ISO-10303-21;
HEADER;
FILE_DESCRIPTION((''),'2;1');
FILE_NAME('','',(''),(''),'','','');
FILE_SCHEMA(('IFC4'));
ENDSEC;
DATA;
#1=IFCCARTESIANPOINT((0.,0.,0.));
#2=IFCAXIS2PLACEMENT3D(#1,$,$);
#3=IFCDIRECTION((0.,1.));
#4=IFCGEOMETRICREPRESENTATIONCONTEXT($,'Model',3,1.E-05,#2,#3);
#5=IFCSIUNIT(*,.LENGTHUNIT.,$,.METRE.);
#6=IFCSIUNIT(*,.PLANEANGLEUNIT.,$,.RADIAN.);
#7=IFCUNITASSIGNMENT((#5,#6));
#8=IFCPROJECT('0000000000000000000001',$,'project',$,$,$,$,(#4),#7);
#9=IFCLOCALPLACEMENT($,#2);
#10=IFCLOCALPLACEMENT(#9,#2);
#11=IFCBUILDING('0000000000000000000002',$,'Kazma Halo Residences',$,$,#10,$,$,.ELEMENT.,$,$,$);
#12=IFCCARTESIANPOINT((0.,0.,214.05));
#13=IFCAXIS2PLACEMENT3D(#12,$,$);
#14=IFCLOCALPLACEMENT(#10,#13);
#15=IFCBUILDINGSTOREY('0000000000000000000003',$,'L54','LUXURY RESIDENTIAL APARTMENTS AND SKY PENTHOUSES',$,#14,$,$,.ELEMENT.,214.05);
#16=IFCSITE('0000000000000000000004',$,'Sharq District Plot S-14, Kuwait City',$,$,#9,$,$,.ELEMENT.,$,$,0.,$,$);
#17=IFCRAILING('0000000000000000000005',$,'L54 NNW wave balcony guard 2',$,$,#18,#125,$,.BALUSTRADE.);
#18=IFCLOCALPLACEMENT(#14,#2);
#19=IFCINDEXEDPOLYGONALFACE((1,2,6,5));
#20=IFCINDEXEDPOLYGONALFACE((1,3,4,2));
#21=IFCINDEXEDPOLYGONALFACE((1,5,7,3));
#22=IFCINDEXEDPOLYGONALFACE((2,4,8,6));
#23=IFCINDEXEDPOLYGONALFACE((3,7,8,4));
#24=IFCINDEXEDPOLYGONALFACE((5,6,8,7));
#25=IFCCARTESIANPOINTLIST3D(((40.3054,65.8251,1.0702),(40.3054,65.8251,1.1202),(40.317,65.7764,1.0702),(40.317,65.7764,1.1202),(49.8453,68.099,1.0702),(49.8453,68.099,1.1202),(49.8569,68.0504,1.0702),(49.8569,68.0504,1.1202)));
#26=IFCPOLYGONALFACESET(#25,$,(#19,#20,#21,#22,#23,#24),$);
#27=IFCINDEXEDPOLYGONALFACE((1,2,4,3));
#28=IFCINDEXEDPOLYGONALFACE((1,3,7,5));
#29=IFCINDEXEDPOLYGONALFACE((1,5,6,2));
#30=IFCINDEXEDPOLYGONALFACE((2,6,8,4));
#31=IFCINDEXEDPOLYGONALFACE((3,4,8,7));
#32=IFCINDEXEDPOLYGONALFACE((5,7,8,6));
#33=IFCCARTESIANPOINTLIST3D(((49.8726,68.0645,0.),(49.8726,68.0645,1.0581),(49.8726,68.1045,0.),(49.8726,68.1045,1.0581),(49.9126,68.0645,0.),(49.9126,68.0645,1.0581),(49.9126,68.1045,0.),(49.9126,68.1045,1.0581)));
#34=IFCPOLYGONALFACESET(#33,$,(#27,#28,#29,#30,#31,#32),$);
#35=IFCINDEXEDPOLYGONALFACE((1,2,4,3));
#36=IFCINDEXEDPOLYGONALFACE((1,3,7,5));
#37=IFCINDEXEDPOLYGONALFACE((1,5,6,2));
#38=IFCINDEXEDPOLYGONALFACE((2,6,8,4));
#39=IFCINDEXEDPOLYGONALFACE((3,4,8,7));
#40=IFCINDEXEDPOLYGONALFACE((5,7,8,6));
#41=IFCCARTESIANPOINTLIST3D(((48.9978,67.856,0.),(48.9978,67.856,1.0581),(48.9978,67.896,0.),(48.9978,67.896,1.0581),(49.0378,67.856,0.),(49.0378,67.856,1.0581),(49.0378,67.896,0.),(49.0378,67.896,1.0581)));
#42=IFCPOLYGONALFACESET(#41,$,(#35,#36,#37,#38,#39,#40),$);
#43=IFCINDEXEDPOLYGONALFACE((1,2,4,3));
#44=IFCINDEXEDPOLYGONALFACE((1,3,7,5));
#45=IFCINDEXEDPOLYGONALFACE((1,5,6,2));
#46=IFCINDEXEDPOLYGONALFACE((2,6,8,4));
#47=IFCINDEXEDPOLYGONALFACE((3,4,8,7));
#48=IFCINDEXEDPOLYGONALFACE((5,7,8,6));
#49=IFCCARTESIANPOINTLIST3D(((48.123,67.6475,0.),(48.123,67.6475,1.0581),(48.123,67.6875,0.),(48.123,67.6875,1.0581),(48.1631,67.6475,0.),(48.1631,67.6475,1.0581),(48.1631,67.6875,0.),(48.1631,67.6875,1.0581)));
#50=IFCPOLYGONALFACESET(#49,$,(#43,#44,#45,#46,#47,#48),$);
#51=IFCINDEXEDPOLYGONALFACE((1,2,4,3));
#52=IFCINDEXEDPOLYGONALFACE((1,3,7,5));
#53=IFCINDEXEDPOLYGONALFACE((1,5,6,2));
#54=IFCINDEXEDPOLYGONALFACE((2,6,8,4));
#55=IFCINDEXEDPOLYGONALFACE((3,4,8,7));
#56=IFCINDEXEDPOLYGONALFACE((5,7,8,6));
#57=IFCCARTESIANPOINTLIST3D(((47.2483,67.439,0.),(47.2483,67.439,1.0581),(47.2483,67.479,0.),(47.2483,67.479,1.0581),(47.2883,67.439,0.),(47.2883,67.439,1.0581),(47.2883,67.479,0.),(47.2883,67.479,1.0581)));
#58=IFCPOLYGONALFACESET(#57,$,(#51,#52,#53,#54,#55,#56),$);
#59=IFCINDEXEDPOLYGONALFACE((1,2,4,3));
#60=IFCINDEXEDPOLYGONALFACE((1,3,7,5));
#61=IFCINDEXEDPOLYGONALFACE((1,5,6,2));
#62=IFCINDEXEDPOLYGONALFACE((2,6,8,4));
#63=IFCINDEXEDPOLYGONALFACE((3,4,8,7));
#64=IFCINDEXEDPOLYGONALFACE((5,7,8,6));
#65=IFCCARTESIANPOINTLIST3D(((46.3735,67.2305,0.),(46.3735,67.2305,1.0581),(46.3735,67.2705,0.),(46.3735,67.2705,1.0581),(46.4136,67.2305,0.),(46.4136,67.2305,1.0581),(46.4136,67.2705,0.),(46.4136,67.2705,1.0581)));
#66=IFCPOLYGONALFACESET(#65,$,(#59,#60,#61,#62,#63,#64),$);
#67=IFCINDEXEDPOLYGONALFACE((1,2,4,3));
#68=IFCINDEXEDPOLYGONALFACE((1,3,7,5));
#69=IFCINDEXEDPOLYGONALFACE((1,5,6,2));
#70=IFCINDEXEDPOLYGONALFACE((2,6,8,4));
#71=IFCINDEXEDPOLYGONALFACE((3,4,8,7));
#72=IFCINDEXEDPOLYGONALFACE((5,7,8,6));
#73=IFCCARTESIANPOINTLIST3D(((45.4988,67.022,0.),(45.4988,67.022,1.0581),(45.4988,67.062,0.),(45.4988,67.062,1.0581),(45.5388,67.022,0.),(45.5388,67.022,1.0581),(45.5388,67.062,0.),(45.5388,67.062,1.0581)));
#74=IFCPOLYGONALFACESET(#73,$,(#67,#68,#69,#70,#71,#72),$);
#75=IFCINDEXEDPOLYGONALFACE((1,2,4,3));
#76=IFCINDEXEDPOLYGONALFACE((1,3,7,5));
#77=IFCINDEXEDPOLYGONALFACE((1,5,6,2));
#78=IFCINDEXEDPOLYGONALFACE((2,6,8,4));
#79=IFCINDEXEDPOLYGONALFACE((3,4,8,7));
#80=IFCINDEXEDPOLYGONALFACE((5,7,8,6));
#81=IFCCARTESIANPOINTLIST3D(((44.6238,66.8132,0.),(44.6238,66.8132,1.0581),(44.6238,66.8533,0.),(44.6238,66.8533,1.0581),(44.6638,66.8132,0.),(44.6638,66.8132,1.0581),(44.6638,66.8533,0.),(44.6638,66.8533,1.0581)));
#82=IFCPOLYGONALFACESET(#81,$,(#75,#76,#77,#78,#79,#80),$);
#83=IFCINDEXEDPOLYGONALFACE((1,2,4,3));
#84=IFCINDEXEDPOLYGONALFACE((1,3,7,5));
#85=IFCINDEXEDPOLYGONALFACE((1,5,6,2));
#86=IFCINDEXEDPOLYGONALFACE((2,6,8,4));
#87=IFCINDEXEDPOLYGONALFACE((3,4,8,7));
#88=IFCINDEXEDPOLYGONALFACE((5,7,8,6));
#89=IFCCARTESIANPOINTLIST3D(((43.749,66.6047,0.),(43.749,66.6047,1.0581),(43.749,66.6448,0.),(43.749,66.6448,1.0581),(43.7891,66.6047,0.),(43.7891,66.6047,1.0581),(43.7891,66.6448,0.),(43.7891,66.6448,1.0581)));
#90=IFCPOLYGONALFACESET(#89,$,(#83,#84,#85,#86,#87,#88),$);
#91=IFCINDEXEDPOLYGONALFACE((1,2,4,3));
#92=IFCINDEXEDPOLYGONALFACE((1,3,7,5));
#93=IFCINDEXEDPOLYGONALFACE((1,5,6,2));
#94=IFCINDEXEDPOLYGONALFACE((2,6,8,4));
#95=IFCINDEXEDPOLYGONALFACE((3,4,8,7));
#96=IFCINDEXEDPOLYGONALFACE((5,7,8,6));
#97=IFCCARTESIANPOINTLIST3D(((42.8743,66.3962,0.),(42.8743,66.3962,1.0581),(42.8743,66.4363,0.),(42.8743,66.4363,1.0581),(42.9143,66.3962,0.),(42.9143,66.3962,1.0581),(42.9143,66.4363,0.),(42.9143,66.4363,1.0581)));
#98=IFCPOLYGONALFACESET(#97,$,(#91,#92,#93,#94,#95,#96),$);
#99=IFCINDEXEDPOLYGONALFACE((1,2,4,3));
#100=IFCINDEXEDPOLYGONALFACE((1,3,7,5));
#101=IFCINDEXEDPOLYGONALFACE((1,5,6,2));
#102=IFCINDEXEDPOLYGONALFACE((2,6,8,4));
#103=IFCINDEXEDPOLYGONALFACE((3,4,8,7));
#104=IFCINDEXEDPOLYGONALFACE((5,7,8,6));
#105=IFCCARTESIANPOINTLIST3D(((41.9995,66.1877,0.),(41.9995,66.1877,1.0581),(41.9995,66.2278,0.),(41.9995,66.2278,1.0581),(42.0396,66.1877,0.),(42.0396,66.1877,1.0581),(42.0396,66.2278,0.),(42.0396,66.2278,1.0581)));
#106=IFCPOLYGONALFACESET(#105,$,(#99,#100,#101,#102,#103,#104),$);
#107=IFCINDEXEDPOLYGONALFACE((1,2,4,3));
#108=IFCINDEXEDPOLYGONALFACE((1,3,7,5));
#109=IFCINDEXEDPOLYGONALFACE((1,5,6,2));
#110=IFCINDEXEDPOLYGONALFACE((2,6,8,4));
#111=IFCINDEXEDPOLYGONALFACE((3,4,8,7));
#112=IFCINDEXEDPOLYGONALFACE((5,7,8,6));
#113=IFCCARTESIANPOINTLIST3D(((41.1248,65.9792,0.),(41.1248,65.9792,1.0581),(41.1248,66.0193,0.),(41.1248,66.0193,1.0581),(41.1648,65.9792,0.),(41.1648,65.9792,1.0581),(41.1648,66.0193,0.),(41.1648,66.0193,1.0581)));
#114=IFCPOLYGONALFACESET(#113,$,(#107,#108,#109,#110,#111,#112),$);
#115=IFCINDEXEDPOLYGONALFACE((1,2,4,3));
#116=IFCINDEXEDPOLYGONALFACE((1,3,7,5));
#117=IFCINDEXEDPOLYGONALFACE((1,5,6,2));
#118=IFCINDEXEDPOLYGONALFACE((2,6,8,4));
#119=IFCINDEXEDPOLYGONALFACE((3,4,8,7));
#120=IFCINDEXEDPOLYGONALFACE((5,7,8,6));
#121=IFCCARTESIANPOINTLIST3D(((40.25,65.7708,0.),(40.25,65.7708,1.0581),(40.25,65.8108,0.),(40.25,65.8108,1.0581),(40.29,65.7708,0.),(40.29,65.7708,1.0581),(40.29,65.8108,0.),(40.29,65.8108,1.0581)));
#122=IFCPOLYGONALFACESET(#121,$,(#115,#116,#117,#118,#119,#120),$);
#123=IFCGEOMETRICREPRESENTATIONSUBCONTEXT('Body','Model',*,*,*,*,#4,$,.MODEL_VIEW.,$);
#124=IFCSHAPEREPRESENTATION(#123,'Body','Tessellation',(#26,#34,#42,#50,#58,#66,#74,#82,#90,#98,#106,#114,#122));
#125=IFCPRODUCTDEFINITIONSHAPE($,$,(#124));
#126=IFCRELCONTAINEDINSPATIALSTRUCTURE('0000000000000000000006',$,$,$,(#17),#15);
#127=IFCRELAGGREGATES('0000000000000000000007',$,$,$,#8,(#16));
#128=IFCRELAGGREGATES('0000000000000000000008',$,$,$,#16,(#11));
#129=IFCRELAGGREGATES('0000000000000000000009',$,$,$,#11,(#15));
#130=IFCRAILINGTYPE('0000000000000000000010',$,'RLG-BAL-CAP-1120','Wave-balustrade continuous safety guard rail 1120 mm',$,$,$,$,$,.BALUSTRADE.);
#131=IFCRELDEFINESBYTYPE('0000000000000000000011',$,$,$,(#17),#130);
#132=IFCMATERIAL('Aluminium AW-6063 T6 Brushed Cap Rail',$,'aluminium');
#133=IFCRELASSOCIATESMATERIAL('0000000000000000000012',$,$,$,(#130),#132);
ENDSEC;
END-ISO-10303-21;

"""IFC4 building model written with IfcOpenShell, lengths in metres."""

from ifc_helpers import new_model, si_unit, direction, frame, origin, origin_2d, place, context, subcontext, project, spatial, rectangle, extrude, material, type_object, element, save


model = new_model("IFC4")

# Units and contexts
model_context = context("Model", 3, precision=1e-05, world=origin(), true_north=direction((0.0, 1.0)))
body_context = subcontext(model_context, "Body", "Model", "MODEL_VIEW")
ifc_project = project(units=[si_unit("LENGTHUNIT", "METRE"), si_unit("PLANEANGLEUNIT", "RADIAN")], contexts=[model_context])

# Site, building, storey
site_placement = place(None, origin())
site = spatial("IfcSite", under=ifc_project, at=site_placement, Name="Sharq District Plot S-14, Kuwait City", CompositionType="ELEMENT", RefElevation=0.0)
building_placement = place(site_placement, origin())
building = spatial("IfcBuilding", under=site, at=building_placement, Name="Kazma Halo Residences", CompositionType="ELEMENT")
storey_placement = place(building_placement, frame((0.0, 0.0, 214.05)))
storey = spatial("IfcBuildingStorey", under=building, at=storey_placement, Name="L54", Description="LUXURY RESIDENTIAL APARTMENTS AND SKY PENTHOUSES", CompositionType="ELEMENT", Elevation=214.05)

# Railing
ifc_material_1 = material(Name="Aluminium AW-6063 T6 Brushed Cap Rail", Category="aluminium")
railing_type = type_object("IfcRailingType", Name="RLG-BAL-CAP-1120", Description="Wave-balustrade continuous safety guard rail 1120 mm", PredefinedType="BALUSTRADE", material=ifc_material_1)
railing_1_placement = place(storey_placement, frame((49.8926, 68.0845, 0.0)))
element("IfcRailing", 1, at=railing_1_placement, inside=storey, type_object=railing_type, Name="L54 NNW wave balcony guard 2", PredefinedType="BALUSTRADE", context=body_context, shape_type="SweptSolid", body=[
    extrude(rectangle(XDim=0.05, YDim=0.05, at=origin_2d()), frame((-0.0415, -0.0098, 1.0952), z_axis=(-0.972747, -0.231871, 0.0), x_axis=(0.231871, -0.972747, 0.0)), (0.0, 0.0, 1.0), 9.8071),
    extrude(rectangle(XDim=0.04, YDim=0.04, at=origin_2d()), origin(), (0.0, 0.0, 1.0), 1.0581),
    extrude(rectangle(XDim=0.04, YDim=0.04, at=origin_2d()), frame((-0.8748, -0.2085, 0.0)), (0.0, 0.0, 1.0), 1.0581),
    extrude(rectangle(XDim=0.04, YDim=0.04, at=origin_2d()), frame((-1.7495, -0.417, 0.0)), (0.0, 0.0, 1.0), 1.0581),
    extrude(rectangle(XDim=0.04, YDim=0.04, at=origin_2d()), frame((-2.6243, -0.6255, 0.0)), (0.0, 0.0, 1.0), 1.0581),
    extrude(rectangle(XDim=0.04, YDim=0.04, at=origin_2d()), frame((-3.499, -0.834, 0.0)), (0.0, 0.0, 1.0), 1.0581),
    extrude(rectangle(XDim=0.04, YDim=0.04, at=origin_2d()), frame((-4.3738, -1.0425, 0.0)), (0.0, 0.0, 1.0), 1.0581),
    extrude(rectangle(XDim=0.04, YDim=0.04, at=origin_2d()), frame((-5.2488, -1.2512, 0.0)), (0.0, 0.0, 1.0), 1.0581),
    extrude(rectangle(XDim=0.04, YDim=0.04, at=origin_2d()), frame((-6.1235, -1.4597, 0.0)), (0.0, 0.0, 1.0), 1.0581),
    extrude(rectangle(XDim=0.04, YDim=0.04, at=origin_2d()), frame((-6.9983, -1.6682, 0.0)), (0.0, 0.0, 1.0), 1.0581),
    extrude(rectangle(XDim=0.04, YDim=0.04, at=origin_2d()), frame((-7.873, -1.8767, 0.0)), (0.0, 0.0, 1.0), 1.0581),
    extrude(rectangle(XDim=0.04, YDim=0.04, at=origin_2d()), frame((-8.7478, -2.0852, 0.0)), (0.0, 0.0, 1.0), 1.0581),
    extrude(rectangle(XDim=0.04, YDim=0.04, at=origin_2d()), frame((-9.6226, -2.2937, 0.0)), (0.0, 0.0, 1.0), 1.0581),
])

save(model, "model.ifc")
